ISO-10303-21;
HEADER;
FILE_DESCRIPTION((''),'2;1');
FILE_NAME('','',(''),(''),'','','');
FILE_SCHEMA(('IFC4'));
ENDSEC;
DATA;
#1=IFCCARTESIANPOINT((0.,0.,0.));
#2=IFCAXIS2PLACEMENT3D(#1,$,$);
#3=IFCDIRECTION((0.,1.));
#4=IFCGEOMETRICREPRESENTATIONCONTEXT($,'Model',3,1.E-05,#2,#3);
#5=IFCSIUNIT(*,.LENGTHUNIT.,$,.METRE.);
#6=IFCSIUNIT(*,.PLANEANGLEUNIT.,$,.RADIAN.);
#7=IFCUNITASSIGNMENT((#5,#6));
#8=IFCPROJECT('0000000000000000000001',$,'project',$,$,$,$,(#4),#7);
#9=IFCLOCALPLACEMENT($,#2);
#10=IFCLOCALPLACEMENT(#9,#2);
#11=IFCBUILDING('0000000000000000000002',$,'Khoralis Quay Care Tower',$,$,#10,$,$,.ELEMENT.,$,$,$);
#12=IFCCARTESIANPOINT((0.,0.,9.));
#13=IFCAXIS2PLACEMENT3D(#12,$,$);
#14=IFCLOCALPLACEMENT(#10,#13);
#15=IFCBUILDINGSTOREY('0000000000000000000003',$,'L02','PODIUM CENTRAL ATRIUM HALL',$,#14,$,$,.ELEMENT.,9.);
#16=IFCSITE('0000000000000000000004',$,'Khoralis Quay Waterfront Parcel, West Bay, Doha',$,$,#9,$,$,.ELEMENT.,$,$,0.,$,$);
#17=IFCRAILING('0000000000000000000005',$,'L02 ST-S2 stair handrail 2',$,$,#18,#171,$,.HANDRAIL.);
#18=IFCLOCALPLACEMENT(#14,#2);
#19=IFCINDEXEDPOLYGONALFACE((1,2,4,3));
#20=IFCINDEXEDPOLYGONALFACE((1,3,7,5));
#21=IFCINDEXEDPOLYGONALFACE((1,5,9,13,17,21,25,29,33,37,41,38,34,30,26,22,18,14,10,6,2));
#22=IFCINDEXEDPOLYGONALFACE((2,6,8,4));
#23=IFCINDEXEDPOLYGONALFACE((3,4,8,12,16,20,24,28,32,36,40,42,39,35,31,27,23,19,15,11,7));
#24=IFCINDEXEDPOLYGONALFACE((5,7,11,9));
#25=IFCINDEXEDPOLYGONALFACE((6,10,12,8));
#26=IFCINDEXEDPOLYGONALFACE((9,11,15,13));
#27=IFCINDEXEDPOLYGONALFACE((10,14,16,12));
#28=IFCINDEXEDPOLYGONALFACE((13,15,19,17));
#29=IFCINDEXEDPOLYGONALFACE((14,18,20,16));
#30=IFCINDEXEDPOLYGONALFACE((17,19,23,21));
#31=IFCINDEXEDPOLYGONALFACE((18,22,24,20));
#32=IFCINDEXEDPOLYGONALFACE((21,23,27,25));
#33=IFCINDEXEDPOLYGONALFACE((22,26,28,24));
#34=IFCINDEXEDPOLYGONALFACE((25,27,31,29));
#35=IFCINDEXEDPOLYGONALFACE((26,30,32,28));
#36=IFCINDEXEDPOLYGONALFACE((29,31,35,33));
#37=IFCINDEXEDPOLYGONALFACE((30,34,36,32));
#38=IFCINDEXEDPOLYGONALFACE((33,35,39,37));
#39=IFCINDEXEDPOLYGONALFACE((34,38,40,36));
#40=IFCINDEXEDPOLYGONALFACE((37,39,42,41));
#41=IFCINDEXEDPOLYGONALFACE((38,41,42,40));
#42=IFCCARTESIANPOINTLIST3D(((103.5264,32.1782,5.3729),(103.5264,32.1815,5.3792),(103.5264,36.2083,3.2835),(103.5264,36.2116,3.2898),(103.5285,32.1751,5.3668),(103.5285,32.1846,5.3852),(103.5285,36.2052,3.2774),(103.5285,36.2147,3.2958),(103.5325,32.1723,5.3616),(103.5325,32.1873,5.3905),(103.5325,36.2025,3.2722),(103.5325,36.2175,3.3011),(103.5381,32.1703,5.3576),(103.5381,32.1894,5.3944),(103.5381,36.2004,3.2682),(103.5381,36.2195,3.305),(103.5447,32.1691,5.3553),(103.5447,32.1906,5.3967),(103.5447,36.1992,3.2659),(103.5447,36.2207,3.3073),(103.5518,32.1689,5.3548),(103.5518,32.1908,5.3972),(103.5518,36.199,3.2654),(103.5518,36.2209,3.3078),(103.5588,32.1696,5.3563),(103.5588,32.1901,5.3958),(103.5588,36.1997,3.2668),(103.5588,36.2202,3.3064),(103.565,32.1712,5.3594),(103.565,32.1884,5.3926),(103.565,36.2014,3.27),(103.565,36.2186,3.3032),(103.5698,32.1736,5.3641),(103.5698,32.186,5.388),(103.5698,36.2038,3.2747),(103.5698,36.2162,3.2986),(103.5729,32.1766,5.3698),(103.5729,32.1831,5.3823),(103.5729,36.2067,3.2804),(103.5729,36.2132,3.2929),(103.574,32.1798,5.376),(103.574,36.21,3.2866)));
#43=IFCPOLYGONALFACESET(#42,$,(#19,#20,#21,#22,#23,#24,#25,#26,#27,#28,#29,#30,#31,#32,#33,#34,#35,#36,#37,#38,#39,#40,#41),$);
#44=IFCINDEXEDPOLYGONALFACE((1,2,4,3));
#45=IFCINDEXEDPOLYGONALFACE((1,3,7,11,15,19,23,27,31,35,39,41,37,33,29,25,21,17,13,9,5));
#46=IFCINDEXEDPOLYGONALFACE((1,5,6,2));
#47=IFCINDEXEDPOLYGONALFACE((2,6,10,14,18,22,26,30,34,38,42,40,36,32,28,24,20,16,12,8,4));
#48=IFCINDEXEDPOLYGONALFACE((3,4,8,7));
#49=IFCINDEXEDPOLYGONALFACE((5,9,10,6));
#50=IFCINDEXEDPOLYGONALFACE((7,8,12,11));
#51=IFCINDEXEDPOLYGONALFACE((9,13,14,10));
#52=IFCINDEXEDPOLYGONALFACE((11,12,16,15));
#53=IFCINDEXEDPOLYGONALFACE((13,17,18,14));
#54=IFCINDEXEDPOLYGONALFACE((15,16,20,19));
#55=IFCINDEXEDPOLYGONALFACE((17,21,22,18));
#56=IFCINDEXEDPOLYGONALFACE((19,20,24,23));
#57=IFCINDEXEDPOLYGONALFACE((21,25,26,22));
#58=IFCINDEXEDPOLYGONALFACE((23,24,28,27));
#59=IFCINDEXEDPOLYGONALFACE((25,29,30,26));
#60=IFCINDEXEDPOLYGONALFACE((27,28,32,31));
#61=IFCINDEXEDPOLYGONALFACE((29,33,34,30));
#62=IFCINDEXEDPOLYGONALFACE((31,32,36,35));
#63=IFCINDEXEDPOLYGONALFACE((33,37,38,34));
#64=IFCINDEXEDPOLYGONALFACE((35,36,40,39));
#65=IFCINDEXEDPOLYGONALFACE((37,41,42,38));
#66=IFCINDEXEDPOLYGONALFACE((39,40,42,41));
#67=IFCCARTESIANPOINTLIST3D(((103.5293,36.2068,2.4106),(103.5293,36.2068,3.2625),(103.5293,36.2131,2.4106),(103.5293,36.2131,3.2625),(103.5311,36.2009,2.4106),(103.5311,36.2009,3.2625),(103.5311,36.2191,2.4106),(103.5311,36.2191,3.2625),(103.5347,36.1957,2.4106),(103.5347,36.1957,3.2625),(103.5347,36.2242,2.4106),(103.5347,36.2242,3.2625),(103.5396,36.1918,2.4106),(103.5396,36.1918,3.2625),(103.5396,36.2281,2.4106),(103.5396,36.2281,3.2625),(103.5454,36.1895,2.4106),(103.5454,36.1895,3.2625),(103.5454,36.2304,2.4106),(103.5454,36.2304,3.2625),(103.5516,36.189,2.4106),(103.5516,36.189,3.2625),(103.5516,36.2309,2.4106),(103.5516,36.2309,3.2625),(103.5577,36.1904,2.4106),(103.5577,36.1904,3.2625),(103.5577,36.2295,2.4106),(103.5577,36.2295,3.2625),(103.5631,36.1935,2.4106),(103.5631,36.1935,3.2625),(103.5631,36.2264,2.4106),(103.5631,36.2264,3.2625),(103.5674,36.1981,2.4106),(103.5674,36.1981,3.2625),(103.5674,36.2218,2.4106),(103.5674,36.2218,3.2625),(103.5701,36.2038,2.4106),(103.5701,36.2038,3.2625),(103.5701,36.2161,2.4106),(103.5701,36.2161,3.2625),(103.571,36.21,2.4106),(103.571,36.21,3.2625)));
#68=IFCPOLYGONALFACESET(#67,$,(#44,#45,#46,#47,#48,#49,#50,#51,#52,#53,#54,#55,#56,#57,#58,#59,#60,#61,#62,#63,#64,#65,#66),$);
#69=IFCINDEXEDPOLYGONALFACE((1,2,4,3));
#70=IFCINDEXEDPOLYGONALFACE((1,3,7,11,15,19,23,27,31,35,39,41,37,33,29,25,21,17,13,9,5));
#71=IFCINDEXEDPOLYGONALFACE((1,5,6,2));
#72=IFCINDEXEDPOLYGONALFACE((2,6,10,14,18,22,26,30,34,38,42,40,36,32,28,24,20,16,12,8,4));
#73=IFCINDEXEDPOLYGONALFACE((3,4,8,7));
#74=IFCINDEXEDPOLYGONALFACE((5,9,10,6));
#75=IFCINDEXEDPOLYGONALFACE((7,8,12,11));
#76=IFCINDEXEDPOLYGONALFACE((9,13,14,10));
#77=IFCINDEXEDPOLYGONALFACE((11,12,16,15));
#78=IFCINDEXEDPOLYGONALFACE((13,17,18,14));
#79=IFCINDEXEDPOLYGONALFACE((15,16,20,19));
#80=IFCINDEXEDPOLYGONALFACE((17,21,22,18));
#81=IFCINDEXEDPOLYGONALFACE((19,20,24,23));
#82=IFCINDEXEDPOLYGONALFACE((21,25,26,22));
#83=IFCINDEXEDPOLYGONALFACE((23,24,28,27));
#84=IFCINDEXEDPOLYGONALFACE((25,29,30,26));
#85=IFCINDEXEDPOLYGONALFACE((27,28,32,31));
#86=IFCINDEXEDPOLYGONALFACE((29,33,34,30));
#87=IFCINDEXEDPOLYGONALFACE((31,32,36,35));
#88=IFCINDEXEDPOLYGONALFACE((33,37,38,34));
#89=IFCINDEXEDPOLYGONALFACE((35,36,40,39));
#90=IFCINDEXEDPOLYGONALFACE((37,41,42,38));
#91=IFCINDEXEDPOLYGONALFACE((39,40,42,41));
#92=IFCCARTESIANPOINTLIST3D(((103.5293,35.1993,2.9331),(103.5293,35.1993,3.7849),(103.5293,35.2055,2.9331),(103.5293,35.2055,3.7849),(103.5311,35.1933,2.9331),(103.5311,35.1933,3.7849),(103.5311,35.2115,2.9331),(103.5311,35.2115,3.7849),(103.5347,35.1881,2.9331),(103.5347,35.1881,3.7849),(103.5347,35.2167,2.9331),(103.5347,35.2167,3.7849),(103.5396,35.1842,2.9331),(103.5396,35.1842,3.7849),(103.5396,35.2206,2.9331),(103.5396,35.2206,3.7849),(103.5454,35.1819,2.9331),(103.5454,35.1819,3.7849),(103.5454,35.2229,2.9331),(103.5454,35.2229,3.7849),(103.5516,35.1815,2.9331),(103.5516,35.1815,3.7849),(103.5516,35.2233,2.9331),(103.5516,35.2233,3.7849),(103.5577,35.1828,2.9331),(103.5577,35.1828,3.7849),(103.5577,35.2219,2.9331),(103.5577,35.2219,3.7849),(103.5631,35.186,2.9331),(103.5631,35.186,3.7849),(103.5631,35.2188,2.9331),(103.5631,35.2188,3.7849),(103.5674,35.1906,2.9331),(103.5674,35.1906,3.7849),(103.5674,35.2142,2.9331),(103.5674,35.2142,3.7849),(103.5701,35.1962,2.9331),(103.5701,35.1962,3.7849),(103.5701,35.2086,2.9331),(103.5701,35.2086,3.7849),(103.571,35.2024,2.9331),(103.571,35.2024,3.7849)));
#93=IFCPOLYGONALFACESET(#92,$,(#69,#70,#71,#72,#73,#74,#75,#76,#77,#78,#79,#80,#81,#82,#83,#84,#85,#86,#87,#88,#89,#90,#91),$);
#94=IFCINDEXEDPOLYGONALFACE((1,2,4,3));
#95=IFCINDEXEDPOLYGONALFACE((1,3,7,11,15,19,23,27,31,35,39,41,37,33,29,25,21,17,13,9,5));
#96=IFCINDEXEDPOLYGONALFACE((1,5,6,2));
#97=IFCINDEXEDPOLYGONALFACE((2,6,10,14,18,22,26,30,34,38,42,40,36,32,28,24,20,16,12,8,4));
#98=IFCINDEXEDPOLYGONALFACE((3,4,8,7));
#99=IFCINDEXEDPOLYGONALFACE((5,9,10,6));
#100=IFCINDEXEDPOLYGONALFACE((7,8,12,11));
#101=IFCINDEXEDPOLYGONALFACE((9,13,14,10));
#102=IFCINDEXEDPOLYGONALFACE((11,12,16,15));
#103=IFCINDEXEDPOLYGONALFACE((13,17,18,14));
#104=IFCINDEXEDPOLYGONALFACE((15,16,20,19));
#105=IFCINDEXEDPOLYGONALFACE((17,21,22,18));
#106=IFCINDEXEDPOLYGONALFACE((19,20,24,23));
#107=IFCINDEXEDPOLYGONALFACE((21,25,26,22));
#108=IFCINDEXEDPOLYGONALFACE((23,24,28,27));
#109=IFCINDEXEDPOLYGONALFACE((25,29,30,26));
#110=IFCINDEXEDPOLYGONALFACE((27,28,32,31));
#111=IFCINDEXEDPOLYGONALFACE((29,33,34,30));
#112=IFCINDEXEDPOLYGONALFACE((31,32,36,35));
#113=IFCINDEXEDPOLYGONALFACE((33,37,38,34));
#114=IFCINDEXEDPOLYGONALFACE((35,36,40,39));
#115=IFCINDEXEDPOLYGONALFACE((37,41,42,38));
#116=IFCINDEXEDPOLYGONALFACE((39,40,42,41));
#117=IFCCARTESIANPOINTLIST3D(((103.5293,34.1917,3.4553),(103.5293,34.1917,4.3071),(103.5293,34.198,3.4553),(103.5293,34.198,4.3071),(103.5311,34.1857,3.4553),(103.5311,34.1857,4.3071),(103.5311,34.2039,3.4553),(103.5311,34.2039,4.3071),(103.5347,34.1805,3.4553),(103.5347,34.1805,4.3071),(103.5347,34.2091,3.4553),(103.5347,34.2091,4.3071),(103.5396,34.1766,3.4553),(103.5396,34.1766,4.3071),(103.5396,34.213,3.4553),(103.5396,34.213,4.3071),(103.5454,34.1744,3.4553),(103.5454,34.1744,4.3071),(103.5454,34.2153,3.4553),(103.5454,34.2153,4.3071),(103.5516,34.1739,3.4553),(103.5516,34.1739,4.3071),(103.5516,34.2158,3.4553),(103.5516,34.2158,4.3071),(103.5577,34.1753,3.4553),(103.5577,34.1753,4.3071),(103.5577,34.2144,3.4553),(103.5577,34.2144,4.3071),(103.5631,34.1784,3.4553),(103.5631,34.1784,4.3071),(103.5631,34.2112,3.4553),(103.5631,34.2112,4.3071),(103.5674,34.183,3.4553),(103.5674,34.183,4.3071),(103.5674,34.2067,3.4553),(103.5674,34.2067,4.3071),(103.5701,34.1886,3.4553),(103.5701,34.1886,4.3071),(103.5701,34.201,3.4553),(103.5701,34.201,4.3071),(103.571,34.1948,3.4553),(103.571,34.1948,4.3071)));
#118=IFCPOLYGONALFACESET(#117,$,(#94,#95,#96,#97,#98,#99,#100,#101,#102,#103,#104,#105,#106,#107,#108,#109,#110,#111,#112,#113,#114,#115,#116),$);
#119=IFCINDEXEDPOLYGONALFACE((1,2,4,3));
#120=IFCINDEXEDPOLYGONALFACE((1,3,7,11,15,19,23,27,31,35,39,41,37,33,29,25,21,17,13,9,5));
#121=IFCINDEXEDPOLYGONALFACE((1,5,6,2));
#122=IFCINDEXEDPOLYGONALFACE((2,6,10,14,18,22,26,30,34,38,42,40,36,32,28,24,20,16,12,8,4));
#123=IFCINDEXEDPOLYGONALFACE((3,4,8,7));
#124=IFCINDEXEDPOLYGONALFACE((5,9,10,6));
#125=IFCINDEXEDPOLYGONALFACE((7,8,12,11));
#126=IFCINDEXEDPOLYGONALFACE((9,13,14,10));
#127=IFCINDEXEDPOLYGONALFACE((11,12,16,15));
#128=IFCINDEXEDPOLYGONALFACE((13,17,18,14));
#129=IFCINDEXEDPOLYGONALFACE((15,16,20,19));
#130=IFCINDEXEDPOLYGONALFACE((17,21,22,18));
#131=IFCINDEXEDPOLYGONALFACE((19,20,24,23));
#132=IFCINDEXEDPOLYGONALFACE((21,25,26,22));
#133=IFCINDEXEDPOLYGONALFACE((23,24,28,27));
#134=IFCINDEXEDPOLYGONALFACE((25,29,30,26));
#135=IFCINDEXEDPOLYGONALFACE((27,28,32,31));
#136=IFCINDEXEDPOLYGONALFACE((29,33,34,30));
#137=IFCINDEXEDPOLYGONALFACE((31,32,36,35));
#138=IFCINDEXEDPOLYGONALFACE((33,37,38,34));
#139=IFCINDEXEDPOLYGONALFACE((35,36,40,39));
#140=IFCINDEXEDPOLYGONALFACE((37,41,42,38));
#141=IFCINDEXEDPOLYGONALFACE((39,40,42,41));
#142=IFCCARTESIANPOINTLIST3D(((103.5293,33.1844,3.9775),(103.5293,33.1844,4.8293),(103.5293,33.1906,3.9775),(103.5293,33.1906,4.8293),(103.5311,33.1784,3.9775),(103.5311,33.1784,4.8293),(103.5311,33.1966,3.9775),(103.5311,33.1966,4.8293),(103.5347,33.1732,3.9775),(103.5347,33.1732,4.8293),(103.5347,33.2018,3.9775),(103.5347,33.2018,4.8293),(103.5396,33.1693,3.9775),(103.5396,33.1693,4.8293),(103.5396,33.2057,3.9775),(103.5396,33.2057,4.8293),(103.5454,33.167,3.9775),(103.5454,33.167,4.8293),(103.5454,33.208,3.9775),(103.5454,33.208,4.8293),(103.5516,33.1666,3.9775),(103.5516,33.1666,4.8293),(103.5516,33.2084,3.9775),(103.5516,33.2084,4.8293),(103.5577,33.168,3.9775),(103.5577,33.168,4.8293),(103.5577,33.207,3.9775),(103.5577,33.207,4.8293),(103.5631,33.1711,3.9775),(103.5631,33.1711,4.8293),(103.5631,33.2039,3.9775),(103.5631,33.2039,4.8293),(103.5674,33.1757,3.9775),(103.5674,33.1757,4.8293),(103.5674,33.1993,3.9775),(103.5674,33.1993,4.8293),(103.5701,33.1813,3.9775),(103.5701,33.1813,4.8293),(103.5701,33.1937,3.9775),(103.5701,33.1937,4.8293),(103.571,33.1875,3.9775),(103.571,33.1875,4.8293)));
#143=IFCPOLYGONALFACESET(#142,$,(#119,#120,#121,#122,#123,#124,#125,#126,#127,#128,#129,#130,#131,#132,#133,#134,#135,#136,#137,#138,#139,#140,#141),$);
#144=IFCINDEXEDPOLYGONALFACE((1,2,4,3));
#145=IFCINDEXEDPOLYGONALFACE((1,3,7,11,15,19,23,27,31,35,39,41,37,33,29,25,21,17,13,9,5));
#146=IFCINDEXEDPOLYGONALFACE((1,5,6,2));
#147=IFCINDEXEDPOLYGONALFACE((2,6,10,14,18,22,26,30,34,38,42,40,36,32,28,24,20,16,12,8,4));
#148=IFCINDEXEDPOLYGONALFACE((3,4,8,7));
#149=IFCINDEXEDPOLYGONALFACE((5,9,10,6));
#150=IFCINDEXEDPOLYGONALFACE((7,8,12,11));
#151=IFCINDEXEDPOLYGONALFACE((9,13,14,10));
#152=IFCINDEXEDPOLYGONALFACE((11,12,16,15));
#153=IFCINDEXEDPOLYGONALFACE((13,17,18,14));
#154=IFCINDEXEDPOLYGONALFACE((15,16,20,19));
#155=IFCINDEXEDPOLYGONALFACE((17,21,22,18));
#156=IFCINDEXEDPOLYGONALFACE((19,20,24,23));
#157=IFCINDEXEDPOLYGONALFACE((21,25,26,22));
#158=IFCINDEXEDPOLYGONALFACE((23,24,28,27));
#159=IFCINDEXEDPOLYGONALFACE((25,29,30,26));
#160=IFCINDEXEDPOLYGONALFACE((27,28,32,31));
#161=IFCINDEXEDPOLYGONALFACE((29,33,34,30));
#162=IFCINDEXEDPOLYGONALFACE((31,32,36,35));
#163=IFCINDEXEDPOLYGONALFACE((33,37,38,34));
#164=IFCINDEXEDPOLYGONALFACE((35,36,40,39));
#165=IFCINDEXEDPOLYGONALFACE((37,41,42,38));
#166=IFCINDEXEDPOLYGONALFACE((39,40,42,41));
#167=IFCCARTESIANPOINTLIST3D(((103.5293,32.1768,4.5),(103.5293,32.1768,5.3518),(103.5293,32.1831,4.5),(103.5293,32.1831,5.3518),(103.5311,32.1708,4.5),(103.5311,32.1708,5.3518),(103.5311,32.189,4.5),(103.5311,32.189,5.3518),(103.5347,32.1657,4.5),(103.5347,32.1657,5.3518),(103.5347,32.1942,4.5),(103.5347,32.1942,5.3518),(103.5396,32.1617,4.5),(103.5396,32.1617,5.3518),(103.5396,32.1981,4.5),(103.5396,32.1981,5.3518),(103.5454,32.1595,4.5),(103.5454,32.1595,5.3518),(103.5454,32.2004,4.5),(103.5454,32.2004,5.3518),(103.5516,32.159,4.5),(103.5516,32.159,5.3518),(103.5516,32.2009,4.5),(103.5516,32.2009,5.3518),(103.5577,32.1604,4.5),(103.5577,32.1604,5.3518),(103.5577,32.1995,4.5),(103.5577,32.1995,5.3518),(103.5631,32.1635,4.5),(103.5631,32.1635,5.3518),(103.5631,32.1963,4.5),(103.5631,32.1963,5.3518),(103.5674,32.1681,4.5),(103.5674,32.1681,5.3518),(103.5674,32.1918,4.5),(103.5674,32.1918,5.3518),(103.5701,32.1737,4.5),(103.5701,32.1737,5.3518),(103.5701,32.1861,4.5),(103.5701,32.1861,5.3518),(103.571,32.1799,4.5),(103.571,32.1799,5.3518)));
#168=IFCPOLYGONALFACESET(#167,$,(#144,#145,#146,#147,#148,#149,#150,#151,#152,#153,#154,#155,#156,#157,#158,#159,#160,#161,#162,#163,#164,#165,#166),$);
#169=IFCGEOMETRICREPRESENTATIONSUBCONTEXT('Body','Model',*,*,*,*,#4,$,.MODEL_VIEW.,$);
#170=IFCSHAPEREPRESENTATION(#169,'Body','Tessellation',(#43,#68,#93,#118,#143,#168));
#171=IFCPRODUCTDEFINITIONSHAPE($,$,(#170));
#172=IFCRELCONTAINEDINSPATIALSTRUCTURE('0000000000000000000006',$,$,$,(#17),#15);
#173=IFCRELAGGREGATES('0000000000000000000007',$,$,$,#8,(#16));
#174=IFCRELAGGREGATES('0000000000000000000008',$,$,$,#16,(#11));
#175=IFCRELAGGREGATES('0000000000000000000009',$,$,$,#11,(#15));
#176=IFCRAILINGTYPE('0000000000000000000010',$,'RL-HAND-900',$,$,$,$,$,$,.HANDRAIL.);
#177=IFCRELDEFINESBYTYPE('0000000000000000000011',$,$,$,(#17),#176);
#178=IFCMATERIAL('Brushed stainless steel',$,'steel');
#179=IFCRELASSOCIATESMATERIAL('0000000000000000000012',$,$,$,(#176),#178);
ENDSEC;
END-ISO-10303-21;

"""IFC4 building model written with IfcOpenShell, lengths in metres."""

from ifc_helpers import new_model, si_unit, direction, frame, origin, origin_2d, place, context, subcontext, project, spatial, circle, extrude, material, type_object, element, save


model = new_model("IFC4")

# Units and contexts
model_context = context("Model", 3, precision=1e-05, world=origin(), true_north=direction((0.0, 1.0)))
body_context = subcontext(model_context, "Body", "Model", "MODEL_VIEW")
ifc_project = project(units=[si_unit("LENGTHUNIT", "METRE"), si_unit("PLANEANGLEUNIT", "RADIAN")], contexts=[model_context])

# Site, building, storey
site_placement = place(None, origin())
site = spatial("IfcSite", under=ifc_project, at=site_placement, Name="Khoralis Quay Waterfront Parcel, West Bay, Doha", CompositionType="ELEMENT", RefElevation=0.0)
building_placement = place(site_placement, origin())
building = spatial("IfcBuilding", under=site, at=building_placement, Name="Khoralis Quay Care Tower", CompositionType="ELEMENT")
storey_placement = place(building_placement, frame((0.0, 0.0, 9.0)))
storey = spatial("IfcBuildingStorey", under=building, at=storey_placement, Name="L02", Description="PODIUM CENTRAL ATRIUM HALL", CompositionType="ELEMENT", Elevation=9.0)

# Railing
ifc_material_1 = material(Name="Brushed stainless steel", Category="steel")
railing_type_1 = type_object("IfcRailingType", Name="RL-HAND-900", PredefinedType="HANDRAIL", material=ifc_material_1)
railing_1_placement = place(storey_placement, frame((103.55, 36.21, 2.4106)))
element("IfcRailing", 1, at=railing_1_placement, inside=storey, type_object=railing_type_1, Name="L02 ST-S2 stair handrail 2", PredefinedType="HANDRAIL", context=body_context, shape_type="SweptSolid", body=[
    extrude(circle(Radius=0.0239, at=origin_2d()), frame((0.0, 0.0, 0.876), z_axis=(0.0, -0.887781, 0.460267), x_axis=(1.0, 0.0, 0.0)), (0.0, 0.0, 1.0), 4.5396),
    extrude(circle(Radius=0.021, at=origin_2d()), origin(), (0.0, 0.0, 1.0), 0.8518),
    extrude(circle(Radius=0.021, at=origin_2d()), frame((0.0, -1.0076, 0.5225)), (0.0, 0.0, 1.0), 0.8518),
    extrude(circle(Radius=0.021, at=origin_2d()), frame((0.0, -2.0151, 1.0447)), (0.0, 0.0, 1.0), 0.8518),
    extrude(circle(Radius=0.021, at=origin_2d()), frame((0.0, -3.0225, 1.5669)), (0.0, 0.0, 1.0), 0.8518),
    extrude(circle(Radius=0.021, at=origin_2d()), frame((0.0, -4.03, 2.0894)), (0.0, 0.0, 1.0), 0.8518),
])

save(model, "model.ifc")
